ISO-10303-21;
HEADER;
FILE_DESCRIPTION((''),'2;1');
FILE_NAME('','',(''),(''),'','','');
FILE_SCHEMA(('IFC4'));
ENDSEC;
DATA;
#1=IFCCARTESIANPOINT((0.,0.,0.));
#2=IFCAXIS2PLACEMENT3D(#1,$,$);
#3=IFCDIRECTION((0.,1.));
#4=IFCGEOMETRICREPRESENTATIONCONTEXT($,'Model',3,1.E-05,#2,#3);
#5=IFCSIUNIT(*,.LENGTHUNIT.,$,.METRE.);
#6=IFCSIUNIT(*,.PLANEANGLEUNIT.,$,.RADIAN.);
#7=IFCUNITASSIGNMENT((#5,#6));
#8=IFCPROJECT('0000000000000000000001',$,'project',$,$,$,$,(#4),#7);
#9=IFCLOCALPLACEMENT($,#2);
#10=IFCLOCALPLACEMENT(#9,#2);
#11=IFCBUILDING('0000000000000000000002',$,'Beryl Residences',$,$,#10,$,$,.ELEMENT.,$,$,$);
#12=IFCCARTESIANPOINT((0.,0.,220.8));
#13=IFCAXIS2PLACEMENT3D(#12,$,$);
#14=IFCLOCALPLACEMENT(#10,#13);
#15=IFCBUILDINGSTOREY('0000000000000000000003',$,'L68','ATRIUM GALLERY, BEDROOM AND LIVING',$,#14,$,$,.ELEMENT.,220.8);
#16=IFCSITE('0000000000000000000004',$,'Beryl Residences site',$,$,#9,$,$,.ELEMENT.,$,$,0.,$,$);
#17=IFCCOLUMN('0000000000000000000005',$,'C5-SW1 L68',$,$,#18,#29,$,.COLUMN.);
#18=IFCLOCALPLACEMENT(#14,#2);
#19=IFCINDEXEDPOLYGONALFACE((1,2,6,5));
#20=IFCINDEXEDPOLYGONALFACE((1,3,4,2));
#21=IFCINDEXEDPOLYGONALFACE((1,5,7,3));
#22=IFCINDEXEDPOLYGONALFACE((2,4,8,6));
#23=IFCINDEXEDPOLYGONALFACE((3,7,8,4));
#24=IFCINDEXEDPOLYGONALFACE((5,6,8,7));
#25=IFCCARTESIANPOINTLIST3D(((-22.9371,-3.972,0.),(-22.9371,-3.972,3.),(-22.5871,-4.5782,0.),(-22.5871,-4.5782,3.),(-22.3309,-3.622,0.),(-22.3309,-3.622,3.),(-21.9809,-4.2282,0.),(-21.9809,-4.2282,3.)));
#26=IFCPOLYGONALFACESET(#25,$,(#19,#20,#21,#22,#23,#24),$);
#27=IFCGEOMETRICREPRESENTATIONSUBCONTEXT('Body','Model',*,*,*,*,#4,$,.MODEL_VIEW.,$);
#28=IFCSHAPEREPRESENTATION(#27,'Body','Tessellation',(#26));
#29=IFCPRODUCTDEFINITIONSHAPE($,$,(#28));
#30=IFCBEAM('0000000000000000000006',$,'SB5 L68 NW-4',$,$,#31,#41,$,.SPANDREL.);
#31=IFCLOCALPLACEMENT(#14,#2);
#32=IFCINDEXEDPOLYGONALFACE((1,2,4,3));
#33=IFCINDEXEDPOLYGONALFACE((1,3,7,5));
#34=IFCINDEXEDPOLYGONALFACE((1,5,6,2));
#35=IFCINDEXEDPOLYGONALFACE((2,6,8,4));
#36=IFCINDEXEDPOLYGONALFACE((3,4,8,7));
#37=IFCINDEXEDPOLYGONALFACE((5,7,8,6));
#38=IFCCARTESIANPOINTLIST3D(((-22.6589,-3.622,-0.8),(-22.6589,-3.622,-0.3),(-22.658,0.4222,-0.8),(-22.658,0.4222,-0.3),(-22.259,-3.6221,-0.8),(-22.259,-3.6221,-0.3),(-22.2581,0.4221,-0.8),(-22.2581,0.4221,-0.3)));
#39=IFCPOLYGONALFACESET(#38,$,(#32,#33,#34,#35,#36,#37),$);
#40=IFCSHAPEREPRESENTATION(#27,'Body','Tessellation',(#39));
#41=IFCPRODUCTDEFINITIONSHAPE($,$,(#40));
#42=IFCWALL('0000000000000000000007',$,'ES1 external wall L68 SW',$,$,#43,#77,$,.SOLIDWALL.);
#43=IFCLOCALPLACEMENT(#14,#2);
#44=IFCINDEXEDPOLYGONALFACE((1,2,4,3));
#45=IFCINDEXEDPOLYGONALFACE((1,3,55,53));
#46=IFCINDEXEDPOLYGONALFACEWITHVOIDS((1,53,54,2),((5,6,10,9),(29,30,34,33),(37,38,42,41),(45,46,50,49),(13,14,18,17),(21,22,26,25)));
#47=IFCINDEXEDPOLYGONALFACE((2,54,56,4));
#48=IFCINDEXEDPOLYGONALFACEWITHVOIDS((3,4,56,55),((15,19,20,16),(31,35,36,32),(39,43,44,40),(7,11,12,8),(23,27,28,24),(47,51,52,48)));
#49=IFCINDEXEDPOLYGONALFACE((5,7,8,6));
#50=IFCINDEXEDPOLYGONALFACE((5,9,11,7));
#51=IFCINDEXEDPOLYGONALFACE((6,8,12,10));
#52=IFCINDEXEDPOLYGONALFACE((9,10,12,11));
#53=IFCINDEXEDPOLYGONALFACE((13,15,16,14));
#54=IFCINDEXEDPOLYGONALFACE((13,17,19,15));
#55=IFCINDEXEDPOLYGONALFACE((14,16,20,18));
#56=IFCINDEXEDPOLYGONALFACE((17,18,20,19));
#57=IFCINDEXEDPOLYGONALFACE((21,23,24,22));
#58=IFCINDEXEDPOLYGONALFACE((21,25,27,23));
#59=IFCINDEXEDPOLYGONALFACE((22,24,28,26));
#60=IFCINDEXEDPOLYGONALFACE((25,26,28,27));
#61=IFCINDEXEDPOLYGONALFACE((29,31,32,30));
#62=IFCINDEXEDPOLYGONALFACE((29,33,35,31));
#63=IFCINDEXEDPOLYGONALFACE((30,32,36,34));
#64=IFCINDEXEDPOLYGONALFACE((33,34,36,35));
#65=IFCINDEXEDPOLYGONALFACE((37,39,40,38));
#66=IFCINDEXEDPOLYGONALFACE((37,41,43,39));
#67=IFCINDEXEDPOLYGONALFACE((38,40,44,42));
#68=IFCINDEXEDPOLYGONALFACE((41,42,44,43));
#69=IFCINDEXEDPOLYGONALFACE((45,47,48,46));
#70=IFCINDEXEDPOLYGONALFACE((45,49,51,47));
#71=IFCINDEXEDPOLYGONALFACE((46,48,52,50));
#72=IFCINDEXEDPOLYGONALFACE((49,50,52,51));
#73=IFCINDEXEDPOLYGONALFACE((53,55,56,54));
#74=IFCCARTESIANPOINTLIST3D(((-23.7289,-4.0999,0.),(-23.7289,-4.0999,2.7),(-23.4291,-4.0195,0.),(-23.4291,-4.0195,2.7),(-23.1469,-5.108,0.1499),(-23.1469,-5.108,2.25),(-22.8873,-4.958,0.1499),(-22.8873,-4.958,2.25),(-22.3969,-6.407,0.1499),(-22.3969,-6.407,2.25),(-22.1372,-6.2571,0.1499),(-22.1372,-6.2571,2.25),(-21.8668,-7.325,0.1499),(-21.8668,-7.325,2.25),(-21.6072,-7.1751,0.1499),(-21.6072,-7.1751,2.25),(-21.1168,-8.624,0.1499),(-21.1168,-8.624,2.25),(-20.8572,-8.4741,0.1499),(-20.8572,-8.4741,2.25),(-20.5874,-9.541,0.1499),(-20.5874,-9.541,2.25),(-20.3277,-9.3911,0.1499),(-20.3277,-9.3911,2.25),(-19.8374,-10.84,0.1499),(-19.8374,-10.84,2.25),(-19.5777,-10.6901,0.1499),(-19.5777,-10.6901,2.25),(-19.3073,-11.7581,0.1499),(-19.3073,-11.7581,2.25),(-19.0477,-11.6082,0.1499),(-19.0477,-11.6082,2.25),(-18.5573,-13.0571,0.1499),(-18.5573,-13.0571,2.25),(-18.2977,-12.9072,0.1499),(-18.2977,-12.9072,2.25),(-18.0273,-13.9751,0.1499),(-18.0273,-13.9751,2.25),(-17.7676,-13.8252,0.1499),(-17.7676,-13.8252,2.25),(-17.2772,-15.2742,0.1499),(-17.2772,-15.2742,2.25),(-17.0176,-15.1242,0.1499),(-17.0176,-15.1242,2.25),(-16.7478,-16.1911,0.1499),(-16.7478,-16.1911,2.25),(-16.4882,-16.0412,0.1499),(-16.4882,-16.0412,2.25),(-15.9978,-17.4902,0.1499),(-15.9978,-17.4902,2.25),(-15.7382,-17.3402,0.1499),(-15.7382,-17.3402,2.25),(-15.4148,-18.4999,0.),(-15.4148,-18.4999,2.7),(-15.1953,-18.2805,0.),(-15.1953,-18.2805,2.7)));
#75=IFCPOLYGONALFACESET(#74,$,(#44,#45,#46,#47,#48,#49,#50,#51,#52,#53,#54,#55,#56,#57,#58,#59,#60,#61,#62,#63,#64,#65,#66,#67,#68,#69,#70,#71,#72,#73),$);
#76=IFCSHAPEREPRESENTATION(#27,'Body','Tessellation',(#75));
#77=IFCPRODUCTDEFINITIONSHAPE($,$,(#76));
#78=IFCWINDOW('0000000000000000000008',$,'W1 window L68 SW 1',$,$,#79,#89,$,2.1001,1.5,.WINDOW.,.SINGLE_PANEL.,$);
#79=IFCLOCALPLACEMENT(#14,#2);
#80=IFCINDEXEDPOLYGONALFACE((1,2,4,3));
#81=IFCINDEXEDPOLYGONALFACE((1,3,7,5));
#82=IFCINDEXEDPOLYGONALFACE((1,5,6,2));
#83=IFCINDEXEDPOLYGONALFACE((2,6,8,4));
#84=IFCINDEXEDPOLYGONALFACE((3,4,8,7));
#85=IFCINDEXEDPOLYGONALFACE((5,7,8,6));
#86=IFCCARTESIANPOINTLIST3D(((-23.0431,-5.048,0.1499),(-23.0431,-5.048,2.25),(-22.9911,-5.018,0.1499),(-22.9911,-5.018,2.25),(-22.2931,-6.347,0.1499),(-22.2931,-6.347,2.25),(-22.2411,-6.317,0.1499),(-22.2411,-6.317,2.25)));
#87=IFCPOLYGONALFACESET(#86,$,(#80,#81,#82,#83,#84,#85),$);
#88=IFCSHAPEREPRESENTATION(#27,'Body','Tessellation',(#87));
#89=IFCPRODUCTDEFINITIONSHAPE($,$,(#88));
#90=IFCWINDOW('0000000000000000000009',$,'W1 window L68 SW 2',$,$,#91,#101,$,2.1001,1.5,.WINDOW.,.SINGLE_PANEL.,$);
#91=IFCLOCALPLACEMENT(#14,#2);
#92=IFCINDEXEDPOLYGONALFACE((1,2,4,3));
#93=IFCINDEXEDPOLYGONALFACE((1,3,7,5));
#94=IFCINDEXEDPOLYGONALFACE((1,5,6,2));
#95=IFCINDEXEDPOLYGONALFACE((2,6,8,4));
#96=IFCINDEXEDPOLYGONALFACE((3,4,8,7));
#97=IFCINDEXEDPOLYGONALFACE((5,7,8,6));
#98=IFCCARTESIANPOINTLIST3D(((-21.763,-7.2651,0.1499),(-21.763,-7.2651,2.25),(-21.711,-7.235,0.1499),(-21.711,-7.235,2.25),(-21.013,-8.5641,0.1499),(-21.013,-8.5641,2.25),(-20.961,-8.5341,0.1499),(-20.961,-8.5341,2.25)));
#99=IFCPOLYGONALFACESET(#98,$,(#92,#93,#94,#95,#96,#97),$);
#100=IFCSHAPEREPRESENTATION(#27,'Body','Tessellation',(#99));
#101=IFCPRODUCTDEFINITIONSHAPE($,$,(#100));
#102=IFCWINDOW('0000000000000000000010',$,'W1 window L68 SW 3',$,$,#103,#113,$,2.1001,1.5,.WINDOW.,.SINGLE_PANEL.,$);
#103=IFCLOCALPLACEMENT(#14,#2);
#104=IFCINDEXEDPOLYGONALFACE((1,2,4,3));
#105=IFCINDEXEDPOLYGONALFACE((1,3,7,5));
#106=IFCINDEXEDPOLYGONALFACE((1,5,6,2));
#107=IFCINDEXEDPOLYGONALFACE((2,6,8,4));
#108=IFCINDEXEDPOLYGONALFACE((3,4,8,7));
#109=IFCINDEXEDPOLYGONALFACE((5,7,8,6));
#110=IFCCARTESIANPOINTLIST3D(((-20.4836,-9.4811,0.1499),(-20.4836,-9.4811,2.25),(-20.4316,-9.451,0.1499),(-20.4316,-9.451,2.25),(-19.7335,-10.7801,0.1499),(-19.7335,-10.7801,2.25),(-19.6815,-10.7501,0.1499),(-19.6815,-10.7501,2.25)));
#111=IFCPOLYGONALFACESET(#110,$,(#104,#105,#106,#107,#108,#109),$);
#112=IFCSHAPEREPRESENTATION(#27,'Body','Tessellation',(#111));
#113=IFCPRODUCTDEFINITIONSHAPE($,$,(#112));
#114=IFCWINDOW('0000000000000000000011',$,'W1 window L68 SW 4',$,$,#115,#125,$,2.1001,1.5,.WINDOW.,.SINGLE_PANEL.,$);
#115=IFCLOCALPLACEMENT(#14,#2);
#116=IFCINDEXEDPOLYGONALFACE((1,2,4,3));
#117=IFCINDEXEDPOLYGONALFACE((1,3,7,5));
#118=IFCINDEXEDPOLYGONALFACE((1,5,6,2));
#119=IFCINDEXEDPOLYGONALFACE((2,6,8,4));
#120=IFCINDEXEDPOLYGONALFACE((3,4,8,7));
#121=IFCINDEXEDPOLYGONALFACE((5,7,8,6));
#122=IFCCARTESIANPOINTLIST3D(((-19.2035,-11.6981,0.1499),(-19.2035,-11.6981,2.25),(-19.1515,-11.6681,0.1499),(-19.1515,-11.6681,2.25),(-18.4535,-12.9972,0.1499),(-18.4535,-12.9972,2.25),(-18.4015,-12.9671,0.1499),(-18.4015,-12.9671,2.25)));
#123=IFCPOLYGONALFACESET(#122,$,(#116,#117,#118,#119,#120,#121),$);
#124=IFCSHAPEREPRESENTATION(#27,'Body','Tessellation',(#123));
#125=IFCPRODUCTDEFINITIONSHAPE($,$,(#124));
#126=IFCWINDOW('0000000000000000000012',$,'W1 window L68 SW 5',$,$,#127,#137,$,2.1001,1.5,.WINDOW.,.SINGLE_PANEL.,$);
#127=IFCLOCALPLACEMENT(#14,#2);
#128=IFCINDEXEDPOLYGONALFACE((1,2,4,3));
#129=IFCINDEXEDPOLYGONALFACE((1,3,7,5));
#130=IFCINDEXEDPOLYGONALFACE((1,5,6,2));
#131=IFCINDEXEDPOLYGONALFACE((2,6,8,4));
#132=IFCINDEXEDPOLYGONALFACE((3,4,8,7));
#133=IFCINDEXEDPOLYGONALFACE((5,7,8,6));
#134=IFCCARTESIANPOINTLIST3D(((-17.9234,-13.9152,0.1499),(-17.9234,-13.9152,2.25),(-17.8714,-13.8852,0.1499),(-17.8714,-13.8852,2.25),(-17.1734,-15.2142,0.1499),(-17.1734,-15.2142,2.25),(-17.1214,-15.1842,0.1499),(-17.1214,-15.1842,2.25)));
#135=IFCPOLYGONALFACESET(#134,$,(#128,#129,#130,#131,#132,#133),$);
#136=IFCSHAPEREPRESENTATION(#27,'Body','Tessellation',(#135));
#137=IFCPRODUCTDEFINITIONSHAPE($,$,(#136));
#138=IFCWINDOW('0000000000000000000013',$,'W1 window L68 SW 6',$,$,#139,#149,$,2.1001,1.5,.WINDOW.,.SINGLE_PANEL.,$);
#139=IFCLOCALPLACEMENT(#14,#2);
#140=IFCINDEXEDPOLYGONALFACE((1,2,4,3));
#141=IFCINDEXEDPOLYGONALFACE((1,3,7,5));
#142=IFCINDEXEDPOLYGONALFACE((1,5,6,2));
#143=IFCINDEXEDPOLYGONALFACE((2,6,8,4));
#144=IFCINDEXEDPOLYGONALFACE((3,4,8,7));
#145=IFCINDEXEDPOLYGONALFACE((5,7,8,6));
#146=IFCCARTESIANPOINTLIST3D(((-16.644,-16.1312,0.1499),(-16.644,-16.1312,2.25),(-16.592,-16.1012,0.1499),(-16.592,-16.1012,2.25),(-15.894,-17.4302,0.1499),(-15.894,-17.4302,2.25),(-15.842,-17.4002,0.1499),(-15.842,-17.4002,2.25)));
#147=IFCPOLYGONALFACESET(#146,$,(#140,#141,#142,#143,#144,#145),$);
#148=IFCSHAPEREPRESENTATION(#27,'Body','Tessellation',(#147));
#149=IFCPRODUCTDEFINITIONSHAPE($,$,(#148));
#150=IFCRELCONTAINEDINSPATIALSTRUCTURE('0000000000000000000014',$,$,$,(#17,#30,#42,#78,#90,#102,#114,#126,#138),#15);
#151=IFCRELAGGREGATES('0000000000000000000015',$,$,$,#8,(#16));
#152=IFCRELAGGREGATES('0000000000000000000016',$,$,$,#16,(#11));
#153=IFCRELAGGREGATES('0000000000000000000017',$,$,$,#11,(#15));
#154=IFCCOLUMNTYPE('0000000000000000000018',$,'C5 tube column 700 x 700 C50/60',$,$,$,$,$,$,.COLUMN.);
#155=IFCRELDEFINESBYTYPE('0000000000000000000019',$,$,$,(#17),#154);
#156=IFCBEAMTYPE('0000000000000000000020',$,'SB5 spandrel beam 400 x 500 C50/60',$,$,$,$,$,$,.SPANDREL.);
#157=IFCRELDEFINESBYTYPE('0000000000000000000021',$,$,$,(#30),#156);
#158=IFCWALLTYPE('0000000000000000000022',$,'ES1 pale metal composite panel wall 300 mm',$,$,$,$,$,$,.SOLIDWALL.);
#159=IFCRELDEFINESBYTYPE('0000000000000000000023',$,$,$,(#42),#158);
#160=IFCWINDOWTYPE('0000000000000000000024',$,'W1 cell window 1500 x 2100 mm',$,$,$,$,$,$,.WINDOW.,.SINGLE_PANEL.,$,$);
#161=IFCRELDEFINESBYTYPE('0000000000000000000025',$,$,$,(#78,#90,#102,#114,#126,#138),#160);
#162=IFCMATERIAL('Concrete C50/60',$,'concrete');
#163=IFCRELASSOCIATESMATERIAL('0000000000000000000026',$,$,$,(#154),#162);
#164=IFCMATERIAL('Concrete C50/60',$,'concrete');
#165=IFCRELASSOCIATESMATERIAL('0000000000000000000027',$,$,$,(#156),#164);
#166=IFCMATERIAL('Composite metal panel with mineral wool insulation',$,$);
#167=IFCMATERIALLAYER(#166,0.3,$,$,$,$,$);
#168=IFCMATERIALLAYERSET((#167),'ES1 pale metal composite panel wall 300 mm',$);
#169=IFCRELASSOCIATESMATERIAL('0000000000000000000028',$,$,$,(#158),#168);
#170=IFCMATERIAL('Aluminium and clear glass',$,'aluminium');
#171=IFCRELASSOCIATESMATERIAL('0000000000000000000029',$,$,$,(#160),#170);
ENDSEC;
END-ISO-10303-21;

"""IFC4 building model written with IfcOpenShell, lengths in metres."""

from ifc_helpers import new_model, si_unit, direction, frame, frame_2d, origin, origin_2d, place, context, subcontext, project, spatial, polyline, rectangle, outline, extrude, material, layer, layer_set, material_profile, profile_set, type_object, element, fill, save


model = new_model("IFC4")

# Units and contexts
model_context = context("Model", 3, precision=1e-05, world=origin(), true_north=direction((0.0, 1.0)))
body_context = subcontext(model_context, "Body", "Model", "MODEL_VIEW")
ifc_project = project(units=[si_unit("LENGTHUNIT", "METRE"), si_unit("PLANEANGLEUNIT", "RADIAN")], contexts=[model_context])

# Site, building, storey
site_placement = place(None, origin())
site = spatial("IfcSite", under=ifc_project, at=site_placement, Name="Beryl Residences site", CompositionType="ELEMENT", RefElevation=0.0)
building_placement = place(site_placement, origin())
building = spatial("IfcBuilding", under=site, at=building_placement, Name="Beryl Residences", CompositionType="ELEMENT")
storey_placement = place(building_placement, frame((0.0, 0.0, 220.8)))
storey = spatial("IfcBuildingStorey", under=building, at=storey_placement, Name="L68", Description="ATRIUM GALLERY, BEDROOM AND LIVING", CompositionType="ELEMENT", Elevation=220.8)

# Column
ifc_material_1 = material(Name="Concrete C50/60", Category="concrete")
ifc_material_profile_1 = material_profile(ifc_material_1, rectangle(XDim=0.7, YDim=0.7, at=origin_2d()))
ifc_profile_set_1 = profile_set([ifc_material_profile_1], Name="Concrete C50/60")
column_type = type_object("IfcColumnType", Name="C5 tube column 700 x 700 C50/60", PredefinedType="COLUMN", material=ifc_profile_set_1)
column_placement = place(storey_placement, frame((-22.459, -4.1001, 0.0), z_axis=(0.0, 0.0, 1.0), x_axis=(0.499985, -0.866034, 0.0)))
element("IfcColumn", 1, at=column_placement, inside=storey, type_object=column_type, Name="C5-SW1 L68", PredefinedType="COLUMN", context=body_context, shape_type="SweptSolid", body=[
    extrude(rectangle(XDim=0.7, YDim=0.7, at=origin_2d()), origin(), (0.0, 0.0, 1.0), 3.0),
])

# Beam
ifc_material_2 = material(Name="Concrete C50/60", Category="concrete")
ifc_material_profile_2 = material_profile(ifc_material_2, rectangle(XDim=0.3999, YDim=0.5, at=origin_2d()))
ifc_profile_set_2 = profile_set([ifc_material_profile_2], Name="Concrete C50/60")
beam_type = type_object("IfcBeamType", Name="SB5 spandrel beam 400 x 500 C50/60", PredefinedType="SPANDREL", material=ifc_profile_set_2)
beam_placement = place(storey_placement, frame((-22.458, 0.4221, -0.55), z_axis=(-0.000241, -1.0, 0.0), x_axis=(1.0, -0.000241, 0.0)))
element("IfcBeam", 2, at=beam_placement, inside=storey, type_object=beam_type, Name="SB5 L68 NW-4", PredefinedType="SPANDREL", context=body_context, shape_type="SweptSolid", body=[
    extrude(rectangle(XDim=0.3999, YDim=0.5, at=origin_2d()), origin(), (0.0, 0.0, 1.0), 4.0442),
])

# Wall, openings, windows
ifc_material_3 = material(Name="Composite metal panel with mineral wool insulation")
ifc_layer_1 = layer(ifc_material_3, 0.3)
ifc_layer_set_1 = layer_set([ifc_layer_1], Name="ES1 pale metal composite panel wall 300 mm")
wall_type_1 = type_object("IfcWallType", Name="ES1 pale metal composite panel wall 300 mm", PredefinedType="SOLIDWALL", material=ifc_layer_set_1)
wall_1_placement = place(storey_placement, frame((-23.5991, -4.0249, 0.0), z_axis=(0.0, 0.0, 1.0), x_axis=(0.500013, -0.866018, 0.0)))
wall_1 = element("IfcWall", 3, at=wall_1_placement, inside=storey, type_object=wall_type_1, Name="ES1 external wall L68 SW", PredefinedType="SOLIDWALL", context=body_context, shape_type="SweptSolid", body=[
    extrude(outline(polyline([(0.0, -0.1499), (16.6279, -0.1499), (16.5476, 0.1499), (0.0803, 0.1499), (0.0, -0.1499)])), origin(), (0.0, 0.0, 1.0), 2.7),
])
opening_1_placement = place(wall_1_placement, frame((1.1641, 0.0, 0.1499)))
opening_1 = element("IfcOpeningElement", 4, at=opening_1_placement, cuts=wall_1, PredefinedType="OPENING", context=body_context, shape_type="SweptSolid", body=[
    extrude(rectangle(XDim=1.5, YDim=2.1001, at=frame_2d((0.75, 1.05))), frame((0.0, 0.1599, 0.0), z_axis=(0.0, -1.0, 0.0), x_axis=(1.0, 0.0, 0.0)), (0.0, 0.0, 1.0), 0.3201),
])
opening_2_placement = place(wall_1_placement, frame((3.7241, 0.0, 0.1499)))
opening_2 = element("IfcOpeningElement", 5, at=opening_2_placement, cuts=wall_1, PredefinedType="OPENING", context=body_context, shape_type="SweptSolid", body=[
    extrude(rectangle(XDim=1.5, YDim=2.1001, at=frame_2d((0.75, 1.05))), frame((0.0, 0.1599, 0.0), z_axis=(0.0, -1.0, 0.0), x_axis=(1.0, 0.0, 0.0)), (0.0, 0.0, 1.0), 0.3201),
])
opening_3_placement = place(wall_1_placement, frame((6.283, 0.0, 0.1499)))
opening_3 = element("IfcOpeningElement", 6, at=opening_3_placement, cuts=wall_1, PredefinedType="OPENING", context=body_context, shape_type="SweptSolid", body=[
    extrude(rectangle(XDim=1.5, YDim=2.1001, at=frame_2d((0.75, 1.05))), frame((0.0, 0.1599, 0.0), z_axis=(0.0, -1.0, 0.0), x_axis=(1.0, 0.0, 0.0)), (0.0, 0.0, 1.0), 0.3201),
])
opening_4_placement = place(wall_1_placement, frame((8.843, 0.0, 0.1499)))
opening_4 = element("IfcOpeningElement", 7, at=opening_4_placement, cuts=wall_1, PredefinedType="OPENING", context=body_context, shape_type="SweptSolid", body=[
    extrude(rectangle(XDim=1.5, YDim=2.1001, at=frame_2d((0.75, 1.05))), frame((0.0, 0.1599, 0.0), z_axis=(0.0, -1.0, 0.0), x_axis=(1.0, 0.0, 0.0)), (0.0, 0.0, 1.0), 0.3201),
])
opening_5_placement = place(wall_1_placement, frame((11.4031, 0.0, 0.1499)))
opening_5 = element("IfcOpeningElement", 8, at=opening_5_placement, cuts=wall_1, PredefinedType="OPENING", context=body_context, shape_type="SweptSolid", body=[
    extrude(rectangle(XDim=1.5, YDim=2.1001, at=frame_2d((0.75, 1.05))), frame((0.0, 0.1599, 0.0), z_axis=(0.0, -1.0, 0.0), x_axis=(1.0, 0.0, 0.0)), (0.0, 0.0, 1.0), 0.3201),
])
opening_6_placement = place(wall_1_placement, frame((13.9619, 0.0, 0.1499)))
opening_6 = element("IfcOpeningElement", 9, at=opening_6_placement, cuts=wall_1, PredefinedType="OPENING", context=body_context, shape_type="SweptSolid", body=[
    extrude(rectangle(XDim=1.5, YDim=2.1001, at=frame_2d((0.75, 1.05))), frame((0.0, 0.1599, 0.0), z_axis=(0.0, -1.0, 0.0), x_axis=(1.0, 0.0, 0.0)), (0.0, 0.0, 1.0), 0.3201),
])
ifc_material_4 = material(Name="Aluminium and clear glass", Category="aluminium")
window_type = type_object("IfcWindowType", Name="W1 cell window 1500 x 2100 mm", PartitioningType="SINGLE_PANEL", PredefinedType="WINDOW", material=ifc_material_4)
window_1_placement = place(opening_1_placement, origin())
window_1 = element("IfcWindow", 10, at=window_1_placement, inside=storey, type_object=window_type, Name="W1 window L68 SW 1", OverallHeight=2.1001, OverallWidth=1.5, PartitioningType="SINGLE_PANEL", PredefinedType="WINDOW", context=body_context, shape_type="SweptSolid", body=[
    extrude(rectangle(XDim=1.5, YDim=2.1001, at=frame_2d((0.75, 1.05))), frame((0.0, 0.03, 0.0), z_axis=(0.0, -1.0, 0.0), x_axis=(1.0, 0.0, 0.0)), (0.0, 0.0, 1.0), 0.0601),
])
fill(opening_1, window_1)
window_2_placement = place(opening_2_placement, origin())
window_2 = element("IfcWindow", 11, at=window_2_placement, inside=storey, type_object=window_type, Name="W1 window L68 SW 2", OverallHeight=2.1001, OverallWidth=1.5, PartitioningType="SINGLE_PANEL", PredefinedType="WINDOW", context=body_context, shape_type="SweptSolid", body=[
    extrude(rectangle(XDim=1.5, YDim=2.1001, at=frame_2d((0.75, 1.05))), frame((0.0, 0.03, 0.0), z_axis=(0.0, -1.0, 0.0), x_axis=(1.0, 0.0, 0.0)), (0.0, 0.0, 1.0), 0.0601),
])
fill(opening_2, window_2)
window_3_placement = place(opening_3_placement, origin())
window_3 = element("IfcWindow", 12, at=window_3_placement, inside=storey, type_object=window_type, Name="W1 window L68 SW 3", OverallHeight=2.1001, OverallWidth=1.5, PartitioningType="SINGLE_PANEL", PredefinedType="WINDOW", context=body_context, shape_type="SweptSolid", body=[
    extrude(rectangle(XDim=1.5, YDim=2.1001, at=frame_2d((0.75, 1.05))), frame((0.0, 0.03, 0.0), z_axis=(0.0, -1.0, 0.0), x_axis=(1.0, 0.0, 0.0)), (0.0, 0.0, 1.0), 0.0601),
])
fill(opening_3, window_3)
window_4_placement = place(opening_4_placement, origin())
window_4 = element("IfcWindow", 13, at=window_4_placement, inside=storey, type_object=window_type, Name="W1 window L68 SW 4", OverallHeight=2.1001, OverallWidth=1.5, PartitioningType="SINGLE_PANEL", PredefinedType="WINDOW", context=body_context, shape_type="SweptSolid", body=[
    extrude(rectangle(XDim=1.5, YDim=2.1001, at=frame_2d((0.75, 1.05))), frame((0.0, 0.03, 0.0), z_axis=(0.0, -1.0, 0.0), x_axis=(1.0, 0.0, 0.0)), (0.0, 0.0, 1.0), 0.0601),
])
fill(opening_4, window_4)
window_5_placement = place(opening_5_placement, origin())
window_5 = element("IfcWindow", 14, at=window_5_placement, inside=storey, type_object=window_type, Name="W1 window L68 SW 5", OverallHeight=2.1001, OverallWidth=1.5, PartitioningType="SINGLE_PANEL", PredefinedType="WINDOW", context=body_context, shape_type="SweptSolid", body=[
    extrude(rectangle(XDim=1.5, YDim=2.1001, at=frame_2d((0.75, 1.05))), frame((0.0, 0.03, 0.0), z_axis=(0.0, -1.0, 0.0), x_axis=(1.0, 0.0, 0.0)), (0.0, 0.0, 1.0), 0.0601),
])
fill(opening_5, window_5)
window_6_placement = place(opening_6_placement, origin())
window_6 = element("IfcWindow", 15, at=window_6_placement, inside=storey, type_object=window_type, Name="W1 window L68 SW 6", OverallHeight=2.1001, OverallWidth=1.5, PartitioningType="SINGLE_PANEL", PredefinedType="WINDOW", context=body_context, shape_type="SweptSolid", body=[
    extrude(rectangle(XDim=1.5, YDim=2.1001, at=frame_2d((0.75, 1.05))), frame((0.0, 0.03, 0.0), z_axis=(0.0, -1.0, 0.0), x_axis=(1.0, 0.0, 0.0)), (0.0, 0.0, 1.0), 0.0601),
])
fill(opening_6, window_6)

save(model, "model.ifc")
